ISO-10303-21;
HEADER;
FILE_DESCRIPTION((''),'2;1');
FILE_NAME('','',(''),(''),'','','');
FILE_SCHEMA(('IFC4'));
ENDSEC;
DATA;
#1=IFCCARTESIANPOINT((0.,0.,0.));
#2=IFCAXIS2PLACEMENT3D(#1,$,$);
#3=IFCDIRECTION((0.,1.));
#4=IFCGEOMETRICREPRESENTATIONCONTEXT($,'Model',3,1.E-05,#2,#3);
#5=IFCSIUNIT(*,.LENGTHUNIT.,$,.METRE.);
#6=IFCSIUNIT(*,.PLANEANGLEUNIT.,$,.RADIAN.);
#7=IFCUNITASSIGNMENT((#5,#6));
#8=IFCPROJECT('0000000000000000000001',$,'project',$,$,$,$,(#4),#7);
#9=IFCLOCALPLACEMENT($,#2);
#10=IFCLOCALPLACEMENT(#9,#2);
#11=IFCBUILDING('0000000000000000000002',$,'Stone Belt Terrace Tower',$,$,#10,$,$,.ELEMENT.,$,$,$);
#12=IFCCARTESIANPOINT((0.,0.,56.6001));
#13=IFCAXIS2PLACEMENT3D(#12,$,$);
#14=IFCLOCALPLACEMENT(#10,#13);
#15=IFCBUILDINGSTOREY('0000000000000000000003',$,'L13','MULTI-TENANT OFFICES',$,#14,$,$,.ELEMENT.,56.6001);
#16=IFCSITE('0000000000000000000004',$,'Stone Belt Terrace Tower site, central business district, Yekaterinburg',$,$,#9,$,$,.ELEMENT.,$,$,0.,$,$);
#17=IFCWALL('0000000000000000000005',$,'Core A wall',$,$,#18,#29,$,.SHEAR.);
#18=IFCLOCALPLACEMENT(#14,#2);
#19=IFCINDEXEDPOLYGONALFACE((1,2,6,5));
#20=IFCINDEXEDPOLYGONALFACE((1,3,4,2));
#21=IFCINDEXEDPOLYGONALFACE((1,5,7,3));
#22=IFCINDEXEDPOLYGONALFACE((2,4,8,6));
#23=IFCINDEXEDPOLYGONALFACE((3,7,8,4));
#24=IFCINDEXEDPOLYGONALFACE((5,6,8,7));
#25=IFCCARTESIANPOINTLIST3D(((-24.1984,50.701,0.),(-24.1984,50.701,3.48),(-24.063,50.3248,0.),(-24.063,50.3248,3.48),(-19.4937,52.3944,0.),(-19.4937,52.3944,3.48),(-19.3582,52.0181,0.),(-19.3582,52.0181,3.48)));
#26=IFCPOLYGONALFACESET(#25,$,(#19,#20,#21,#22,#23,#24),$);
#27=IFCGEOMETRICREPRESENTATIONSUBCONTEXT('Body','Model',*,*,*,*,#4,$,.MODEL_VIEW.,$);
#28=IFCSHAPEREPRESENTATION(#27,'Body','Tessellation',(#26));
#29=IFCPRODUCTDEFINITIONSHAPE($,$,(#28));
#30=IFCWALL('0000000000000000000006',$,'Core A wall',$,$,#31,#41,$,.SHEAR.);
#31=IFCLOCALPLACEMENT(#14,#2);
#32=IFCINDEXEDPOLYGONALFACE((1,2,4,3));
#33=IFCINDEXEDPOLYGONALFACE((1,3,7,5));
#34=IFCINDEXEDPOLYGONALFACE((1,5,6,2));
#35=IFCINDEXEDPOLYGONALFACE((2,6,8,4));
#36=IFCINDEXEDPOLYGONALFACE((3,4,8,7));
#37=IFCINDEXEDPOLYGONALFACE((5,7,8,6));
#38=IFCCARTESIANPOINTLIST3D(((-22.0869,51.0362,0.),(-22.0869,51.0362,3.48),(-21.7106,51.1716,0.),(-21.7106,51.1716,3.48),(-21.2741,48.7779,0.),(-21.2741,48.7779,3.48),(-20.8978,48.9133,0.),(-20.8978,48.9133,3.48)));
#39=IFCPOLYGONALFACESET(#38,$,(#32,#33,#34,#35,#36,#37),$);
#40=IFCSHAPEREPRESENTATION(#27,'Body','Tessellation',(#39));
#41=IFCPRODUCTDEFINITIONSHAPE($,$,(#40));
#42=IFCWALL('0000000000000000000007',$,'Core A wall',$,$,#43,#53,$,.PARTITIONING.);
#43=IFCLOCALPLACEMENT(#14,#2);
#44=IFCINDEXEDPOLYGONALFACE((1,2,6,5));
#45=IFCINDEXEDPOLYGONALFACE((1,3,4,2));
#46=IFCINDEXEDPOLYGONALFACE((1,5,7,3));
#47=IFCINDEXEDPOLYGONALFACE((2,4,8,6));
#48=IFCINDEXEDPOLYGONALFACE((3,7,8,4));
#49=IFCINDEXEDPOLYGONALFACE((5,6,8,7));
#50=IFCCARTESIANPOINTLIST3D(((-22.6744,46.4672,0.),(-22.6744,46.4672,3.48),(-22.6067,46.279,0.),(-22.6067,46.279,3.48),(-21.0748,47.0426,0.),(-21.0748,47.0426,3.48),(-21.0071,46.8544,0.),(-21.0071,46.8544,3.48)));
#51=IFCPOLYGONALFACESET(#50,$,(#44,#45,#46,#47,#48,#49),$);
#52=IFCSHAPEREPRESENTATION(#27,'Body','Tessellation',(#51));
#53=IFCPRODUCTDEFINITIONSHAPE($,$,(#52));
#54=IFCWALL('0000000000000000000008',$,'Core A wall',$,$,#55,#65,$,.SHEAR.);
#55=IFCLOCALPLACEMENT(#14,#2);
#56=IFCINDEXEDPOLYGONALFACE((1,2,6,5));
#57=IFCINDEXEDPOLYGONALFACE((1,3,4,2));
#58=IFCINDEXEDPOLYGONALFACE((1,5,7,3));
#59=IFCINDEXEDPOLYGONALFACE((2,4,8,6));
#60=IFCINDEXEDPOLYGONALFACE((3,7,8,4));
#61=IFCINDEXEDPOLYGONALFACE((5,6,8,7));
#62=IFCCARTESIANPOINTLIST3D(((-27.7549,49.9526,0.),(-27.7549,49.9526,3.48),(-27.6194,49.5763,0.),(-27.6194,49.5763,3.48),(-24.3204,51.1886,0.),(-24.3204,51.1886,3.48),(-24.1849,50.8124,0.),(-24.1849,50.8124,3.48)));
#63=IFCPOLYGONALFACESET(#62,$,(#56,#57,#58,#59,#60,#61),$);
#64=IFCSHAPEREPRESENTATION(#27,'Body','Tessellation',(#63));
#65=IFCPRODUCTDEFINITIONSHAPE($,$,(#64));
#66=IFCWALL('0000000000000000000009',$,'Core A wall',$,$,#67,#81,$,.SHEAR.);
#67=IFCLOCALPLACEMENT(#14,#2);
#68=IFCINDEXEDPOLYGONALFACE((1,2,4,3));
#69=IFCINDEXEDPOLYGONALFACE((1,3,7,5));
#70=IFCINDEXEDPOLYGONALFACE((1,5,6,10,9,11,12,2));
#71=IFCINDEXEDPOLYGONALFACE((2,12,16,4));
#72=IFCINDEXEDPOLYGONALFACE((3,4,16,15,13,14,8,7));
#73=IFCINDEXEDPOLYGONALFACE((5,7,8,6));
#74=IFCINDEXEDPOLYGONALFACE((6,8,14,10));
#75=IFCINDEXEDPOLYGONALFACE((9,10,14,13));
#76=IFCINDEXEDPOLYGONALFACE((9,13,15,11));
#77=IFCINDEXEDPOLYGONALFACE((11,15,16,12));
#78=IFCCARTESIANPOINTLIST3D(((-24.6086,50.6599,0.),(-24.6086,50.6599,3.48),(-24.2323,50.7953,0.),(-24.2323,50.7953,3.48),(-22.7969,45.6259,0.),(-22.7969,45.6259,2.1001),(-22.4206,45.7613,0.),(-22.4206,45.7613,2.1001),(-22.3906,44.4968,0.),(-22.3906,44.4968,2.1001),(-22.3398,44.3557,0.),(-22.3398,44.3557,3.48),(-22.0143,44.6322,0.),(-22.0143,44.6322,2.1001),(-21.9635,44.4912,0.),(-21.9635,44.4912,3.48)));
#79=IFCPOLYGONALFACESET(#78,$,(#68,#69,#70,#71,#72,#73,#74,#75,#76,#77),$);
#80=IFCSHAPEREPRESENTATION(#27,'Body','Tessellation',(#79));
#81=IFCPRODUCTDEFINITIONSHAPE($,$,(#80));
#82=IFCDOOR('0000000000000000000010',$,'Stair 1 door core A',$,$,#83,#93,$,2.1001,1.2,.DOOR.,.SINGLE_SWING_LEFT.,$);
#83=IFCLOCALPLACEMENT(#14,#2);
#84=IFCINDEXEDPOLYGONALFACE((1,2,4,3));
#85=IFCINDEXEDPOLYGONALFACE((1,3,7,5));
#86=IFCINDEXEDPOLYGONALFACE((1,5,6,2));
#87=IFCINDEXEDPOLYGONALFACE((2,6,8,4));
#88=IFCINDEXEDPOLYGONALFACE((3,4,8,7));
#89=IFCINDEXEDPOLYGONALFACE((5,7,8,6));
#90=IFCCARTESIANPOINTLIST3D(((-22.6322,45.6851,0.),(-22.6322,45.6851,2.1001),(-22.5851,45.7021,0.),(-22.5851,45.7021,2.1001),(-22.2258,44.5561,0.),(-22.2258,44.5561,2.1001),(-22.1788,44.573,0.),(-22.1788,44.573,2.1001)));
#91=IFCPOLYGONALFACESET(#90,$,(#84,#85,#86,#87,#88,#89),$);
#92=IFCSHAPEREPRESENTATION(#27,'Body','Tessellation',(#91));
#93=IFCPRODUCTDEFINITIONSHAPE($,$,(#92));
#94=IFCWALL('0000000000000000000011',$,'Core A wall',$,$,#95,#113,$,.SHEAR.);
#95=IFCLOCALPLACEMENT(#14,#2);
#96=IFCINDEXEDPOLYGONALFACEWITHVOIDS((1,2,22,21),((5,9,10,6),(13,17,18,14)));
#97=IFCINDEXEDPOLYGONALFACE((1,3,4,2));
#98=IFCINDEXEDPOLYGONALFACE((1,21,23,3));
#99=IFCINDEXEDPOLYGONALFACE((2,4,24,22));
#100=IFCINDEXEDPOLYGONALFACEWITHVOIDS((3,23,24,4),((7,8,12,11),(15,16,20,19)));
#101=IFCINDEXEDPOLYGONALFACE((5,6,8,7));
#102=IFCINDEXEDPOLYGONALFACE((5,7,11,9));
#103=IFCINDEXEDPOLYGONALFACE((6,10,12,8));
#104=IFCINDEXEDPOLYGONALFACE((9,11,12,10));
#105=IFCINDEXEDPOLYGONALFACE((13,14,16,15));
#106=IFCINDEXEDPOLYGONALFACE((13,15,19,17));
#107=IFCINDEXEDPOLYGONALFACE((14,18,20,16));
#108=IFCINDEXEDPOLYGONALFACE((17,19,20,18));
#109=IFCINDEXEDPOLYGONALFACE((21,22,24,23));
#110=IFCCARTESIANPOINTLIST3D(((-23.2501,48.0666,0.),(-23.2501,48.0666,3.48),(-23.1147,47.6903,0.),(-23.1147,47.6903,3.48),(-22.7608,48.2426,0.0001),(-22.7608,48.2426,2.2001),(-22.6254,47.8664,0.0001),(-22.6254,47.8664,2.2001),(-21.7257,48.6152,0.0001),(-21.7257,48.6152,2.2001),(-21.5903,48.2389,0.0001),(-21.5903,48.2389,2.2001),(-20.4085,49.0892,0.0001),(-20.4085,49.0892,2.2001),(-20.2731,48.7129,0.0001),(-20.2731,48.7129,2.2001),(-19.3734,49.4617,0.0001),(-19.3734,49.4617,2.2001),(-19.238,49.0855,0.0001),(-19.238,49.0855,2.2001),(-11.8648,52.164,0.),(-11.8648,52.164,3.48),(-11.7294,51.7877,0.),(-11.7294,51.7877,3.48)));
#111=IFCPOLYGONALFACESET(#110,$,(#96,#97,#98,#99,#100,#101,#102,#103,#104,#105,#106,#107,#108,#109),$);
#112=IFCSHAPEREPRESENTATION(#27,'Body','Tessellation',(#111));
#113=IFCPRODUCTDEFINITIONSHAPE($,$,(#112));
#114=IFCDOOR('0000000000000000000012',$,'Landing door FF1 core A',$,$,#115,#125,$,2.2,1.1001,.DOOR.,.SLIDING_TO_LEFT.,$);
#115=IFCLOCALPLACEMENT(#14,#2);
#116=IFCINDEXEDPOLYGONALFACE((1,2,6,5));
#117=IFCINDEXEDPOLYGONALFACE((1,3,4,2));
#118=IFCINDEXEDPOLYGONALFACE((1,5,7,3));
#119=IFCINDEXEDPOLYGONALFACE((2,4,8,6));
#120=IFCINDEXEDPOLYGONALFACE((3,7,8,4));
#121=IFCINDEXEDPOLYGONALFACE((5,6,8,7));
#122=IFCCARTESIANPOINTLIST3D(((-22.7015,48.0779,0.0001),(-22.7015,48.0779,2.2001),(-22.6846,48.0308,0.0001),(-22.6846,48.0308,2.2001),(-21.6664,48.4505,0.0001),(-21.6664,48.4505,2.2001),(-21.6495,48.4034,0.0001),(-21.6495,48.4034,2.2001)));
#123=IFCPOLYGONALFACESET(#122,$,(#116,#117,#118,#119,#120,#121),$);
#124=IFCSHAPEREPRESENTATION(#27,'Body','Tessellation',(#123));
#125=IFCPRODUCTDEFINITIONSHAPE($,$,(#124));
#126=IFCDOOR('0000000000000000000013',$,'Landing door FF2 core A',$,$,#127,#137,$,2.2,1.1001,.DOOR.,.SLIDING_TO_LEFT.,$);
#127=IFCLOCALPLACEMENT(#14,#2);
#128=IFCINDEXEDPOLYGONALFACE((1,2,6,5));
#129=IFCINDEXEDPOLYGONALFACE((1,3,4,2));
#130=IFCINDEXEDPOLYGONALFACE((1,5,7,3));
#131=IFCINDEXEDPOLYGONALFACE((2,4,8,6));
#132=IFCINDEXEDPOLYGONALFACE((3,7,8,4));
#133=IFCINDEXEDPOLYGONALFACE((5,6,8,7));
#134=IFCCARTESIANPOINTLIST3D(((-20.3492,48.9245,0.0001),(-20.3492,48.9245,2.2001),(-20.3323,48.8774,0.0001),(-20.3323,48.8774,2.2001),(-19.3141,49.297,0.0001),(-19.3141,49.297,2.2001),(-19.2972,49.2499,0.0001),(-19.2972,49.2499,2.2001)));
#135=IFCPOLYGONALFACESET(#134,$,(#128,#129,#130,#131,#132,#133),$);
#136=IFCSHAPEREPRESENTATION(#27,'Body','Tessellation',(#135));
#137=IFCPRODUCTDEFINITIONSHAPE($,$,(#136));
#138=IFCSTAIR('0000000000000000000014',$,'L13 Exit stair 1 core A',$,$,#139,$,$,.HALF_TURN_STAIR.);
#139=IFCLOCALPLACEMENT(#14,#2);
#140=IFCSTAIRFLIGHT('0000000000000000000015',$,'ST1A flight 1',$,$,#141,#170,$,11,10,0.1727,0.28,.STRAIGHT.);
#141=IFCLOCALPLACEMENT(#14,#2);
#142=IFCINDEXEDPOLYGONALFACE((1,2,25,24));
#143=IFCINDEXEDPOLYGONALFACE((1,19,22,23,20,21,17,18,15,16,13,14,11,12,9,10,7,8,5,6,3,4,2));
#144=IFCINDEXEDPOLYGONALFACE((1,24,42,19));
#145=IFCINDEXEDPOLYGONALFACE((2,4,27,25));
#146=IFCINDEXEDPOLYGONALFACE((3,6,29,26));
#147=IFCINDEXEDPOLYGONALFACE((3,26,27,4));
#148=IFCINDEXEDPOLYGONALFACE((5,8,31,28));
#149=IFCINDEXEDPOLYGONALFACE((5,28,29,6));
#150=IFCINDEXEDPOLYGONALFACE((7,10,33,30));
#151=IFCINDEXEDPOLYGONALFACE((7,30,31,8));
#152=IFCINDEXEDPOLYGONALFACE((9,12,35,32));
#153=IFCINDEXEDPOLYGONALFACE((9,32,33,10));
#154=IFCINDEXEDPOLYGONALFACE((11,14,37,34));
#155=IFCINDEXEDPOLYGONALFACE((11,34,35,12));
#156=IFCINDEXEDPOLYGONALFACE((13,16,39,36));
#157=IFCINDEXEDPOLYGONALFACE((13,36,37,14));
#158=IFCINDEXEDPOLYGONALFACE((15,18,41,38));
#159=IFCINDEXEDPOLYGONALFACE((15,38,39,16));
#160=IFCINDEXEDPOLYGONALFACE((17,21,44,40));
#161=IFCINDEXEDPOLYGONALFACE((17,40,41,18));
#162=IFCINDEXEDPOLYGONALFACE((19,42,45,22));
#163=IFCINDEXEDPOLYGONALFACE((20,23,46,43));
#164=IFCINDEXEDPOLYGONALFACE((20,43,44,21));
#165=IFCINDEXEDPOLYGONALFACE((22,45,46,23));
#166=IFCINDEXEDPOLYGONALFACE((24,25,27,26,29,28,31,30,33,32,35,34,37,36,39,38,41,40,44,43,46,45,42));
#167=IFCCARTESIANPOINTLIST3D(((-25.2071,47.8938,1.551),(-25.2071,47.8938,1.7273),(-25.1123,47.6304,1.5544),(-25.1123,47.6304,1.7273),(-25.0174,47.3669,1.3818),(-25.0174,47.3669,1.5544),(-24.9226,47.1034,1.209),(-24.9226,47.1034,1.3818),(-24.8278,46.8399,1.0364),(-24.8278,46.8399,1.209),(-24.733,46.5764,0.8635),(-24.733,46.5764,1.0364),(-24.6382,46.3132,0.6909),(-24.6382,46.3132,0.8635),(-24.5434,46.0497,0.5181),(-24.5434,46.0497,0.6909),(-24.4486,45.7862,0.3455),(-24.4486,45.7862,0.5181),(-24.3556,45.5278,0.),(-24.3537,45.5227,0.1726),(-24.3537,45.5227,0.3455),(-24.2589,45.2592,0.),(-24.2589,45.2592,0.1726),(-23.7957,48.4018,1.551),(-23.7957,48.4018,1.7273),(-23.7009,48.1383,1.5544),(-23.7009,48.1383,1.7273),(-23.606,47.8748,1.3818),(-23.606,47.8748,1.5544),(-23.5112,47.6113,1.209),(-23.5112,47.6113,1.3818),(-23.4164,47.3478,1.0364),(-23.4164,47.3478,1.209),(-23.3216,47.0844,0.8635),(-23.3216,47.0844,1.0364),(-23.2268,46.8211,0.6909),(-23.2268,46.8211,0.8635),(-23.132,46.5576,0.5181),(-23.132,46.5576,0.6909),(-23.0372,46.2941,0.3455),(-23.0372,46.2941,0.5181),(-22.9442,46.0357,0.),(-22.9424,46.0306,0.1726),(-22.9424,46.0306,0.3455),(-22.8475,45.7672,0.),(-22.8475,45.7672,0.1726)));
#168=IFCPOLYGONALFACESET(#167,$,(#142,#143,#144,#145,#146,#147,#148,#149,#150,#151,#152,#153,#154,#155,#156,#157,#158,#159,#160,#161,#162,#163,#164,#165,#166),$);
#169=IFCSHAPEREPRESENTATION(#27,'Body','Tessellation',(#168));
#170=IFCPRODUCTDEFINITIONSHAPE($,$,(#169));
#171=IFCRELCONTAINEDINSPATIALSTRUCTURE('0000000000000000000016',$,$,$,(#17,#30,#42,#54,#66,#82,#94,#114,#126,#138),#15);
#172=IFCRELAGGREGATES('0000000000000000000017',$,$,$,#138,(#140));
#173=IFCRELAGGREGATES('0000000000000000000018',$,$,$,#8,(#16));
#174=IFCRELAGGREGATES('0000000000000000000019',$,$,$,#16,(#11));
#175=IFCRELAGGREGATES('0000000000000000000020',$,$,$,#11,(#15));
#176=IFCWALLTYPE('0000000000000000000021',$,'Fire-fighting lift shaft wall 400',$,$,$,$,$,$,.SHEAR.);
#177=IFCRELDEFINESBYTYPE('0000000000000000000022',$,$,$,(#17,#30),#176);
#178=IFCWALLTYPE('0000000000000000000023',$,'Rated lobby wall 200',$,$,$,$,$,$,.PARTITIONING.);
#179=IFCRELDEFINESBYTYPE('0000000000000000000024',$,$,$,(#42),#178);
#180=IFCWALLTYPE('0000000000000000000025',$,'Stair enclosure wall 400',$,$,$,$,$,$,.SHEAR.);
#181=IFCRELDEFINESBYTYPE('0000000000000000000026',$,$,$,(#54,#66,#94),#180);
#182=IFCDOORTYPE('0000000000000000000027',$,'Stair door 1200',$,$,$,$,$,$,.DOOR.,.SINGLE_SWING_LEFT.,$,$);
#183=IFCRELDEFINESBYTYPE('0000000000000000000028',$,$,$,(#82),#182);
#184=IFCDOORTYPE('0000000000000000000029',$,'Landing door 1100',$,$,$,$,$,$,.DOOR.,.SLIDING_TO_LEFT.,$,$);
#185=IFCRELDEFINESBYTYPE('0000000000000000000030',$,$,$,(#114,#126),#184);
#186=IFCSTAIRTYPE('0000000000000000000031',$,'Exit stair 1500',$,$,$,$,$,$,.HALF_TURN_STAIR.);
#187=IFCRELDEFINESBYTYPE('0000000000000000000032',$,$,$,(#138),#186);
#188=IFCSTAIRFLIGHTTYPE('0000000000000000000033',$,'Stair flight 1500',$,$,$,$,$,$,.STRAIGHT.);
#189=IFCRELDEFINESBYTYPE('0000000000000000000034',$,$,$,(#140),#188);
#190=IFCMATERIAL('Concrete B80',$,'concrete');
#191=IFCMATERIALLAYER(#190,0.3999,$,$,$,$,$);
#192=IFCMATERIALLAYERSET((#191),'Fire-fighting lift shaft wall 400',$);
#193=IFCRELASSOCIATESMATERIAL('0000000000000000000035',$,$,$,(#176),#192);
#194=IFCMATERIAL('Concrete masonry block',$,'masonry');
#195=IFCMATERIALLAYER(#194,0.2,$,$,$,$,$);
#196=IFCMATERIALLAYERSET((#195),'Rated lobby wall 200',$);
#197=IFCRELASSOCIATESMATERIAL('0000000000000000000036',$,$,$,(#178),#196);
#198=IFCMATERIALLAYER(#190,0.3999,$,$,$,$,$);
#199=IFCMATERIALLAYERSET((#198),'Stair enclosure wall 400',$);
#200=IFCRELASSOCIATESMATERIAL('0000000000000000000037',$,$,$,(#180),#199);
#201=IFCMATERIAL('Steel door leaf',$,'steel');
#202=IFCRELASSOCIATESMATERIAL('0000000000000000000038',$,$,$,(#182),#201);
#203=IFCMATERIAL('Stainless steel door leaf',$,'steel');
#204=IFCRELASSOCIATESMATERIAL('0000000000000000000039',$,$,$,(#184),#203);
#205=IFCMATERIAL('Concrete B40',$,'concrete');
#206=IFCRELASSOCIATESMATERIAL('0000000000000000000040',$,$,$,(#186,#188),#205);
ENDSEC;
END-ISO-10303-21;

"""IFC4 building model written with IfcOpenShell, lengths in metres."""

from ifc_helpers import new_model, si_unit, direction, frame, frame_2d, origin, place, context, subcontext, project, spatial, polyline, rectangle, outline, extrude, material, layer, layer_set, type_object, element, fill, aggregate, save


model = new_model("IFC4")

# Units and contexts
model_context = context("Model", 3, precision=1e-05, world=origin(), true_north=direction((0.0, 1.0)))
body_context = subcontext(model_context, "Body", "Model", "MODEL_VIEW")
ifc_project = project(units=[si_unit("LENGTHUNIT", "METRE"), si_unit("PLANEANGLEUNIT", "RADIAN")], contexts=[model_context])

# Site, building, storey
site_placement = place(None, origin())
site = spatial("IfcSite", under=ifc_project, at=site_placement, Name="Stone Belt Terrace Tower site, central business district, Yekaterinburg", CompositionType="ELEMENT", RefElevation=0.0)
building_placement = place(site_placement, origin())
building = spatial("IfcBuilding", under=site, at=building_placement, Name="Stone Belt Terrace Tower", CompositionType="ELEMENT")
storey_placement = place(building_placement, frame((0.0, 0.0, 56.6001)))
storey = spatial("IfcBuildingStorey", under=building, at=storey_placement, Name="L13", Description="MULTI-TENANT OFFICES", CompositionType="ELEMENT", Elevation=56.6001)

# Walls
ifc_material_1 = material(Name="Concrete B80", Category="concrete")
ifc_layer_1 = layer(ifc_material_1, 0.3999)
ifc_layer_set_1 = layer_set([ifc_layer_1], Name="Fire-fighting lift shaft wall 400")
wall_type_1 = type_object("IfcWallType", Name="Fire-fighting lift shaft wall 400", PredefinedType="SHEAR", material=ifc_layer_set_1)
wall_1_placement = place(storey_placement, frame((-24.1306, 50.5129, 0.0), z_axis=(0.0, 0.0, 1.0), x_axis=(0.940912, 0.338652, 0.0)))
element("IfcWall", 1, at=wall_1_placement, inside=storey, type_object=wall_type_1, Name="Core A wall", PredefinedType="SHEAR", context=body_context, shape_type="SweptSolid", body=[
    extrude(rectangle(XDim=5.0002, YDim=0.3999, at=frame_2d((2.5, 0.0))), origin(), (0.0, 0.0, 1.0), 3.48),
])
wall_2_placement = place(storey_placement, frame((-21.0859, 48.8455, 0.0), z_axis=(0.0, 0.0, 1.0), x_axis=(-0.338629, 0.94092, 0.0)))
element("IfcWall", 2, at=wall_2_placement, inside=storey, type_object=wall_type_1, Name="Core A wall", PredefinedType="SHEAR", context=body_context, shape_type="SweptSolid", body=[
    extrude(rectangle(XDim=2.4001, YDim=0.3999, at=frame_2d((1.2002, 0.0))), origin(), (0.0, 0.0, 1.0), 3.48),
])
ifc_material_2 = material(Name="Concrete masonry block", Category="masonry")
ifc_layer_2 = layer(ifc_material_2, 0.2)
ifc_layer_set_2 = layer_set([ifc_layer_2], Name="Rated lobby wall 200")
wall_type_2 = type_object("IfcWallType", Name="Rated lobby wall 200", PredefinedType="PARTITIONING", material=ifc_layer_set_2)
wall_3_placement = place(storey_placement, frame((-22.6406, 46.373, 0.0), z_axis=(0.0, 0.0, 1.0), x_axis=(0.940966, 0.338501, 0.0)))
element("IfcWall", 3, at=wall_3_placement, inside=storey, type_object=wall_type_2, Name="Core A wall", PredefinedType="PARTITIONING", context=body_context, shape_type="SweptSolid", body=[
    extrude(rectangle(XDim=1.7, YDim=0.2, at=frame_2d((0.8501, 0.0))), origin(), (0.0, 0.0, 1.0), 3.48),
])
ifc_layer_3 = layer(ifc_material_1, 0.3999)
ifc_layer_set_3 = layer_set([ifc_layer_3], Name="Stair enclosure wall 400")
wall_type_3 = type_object("IfcWallType", Name="Stair enclosure wall 400", PredefinedType="SHEAR", material=ifc_layer_set_3)
wall_4_placement = place(storey_placement, frame((-27.6873, 49.7644, 0.0), z_axis=(0.0, 0.0, 1.0), x_axis=(0.940919, 0.338632, 0.0)))
element("IfcWall", 4, at=wall_4_placement, inside=storey, type_object=wall_type_3, Name="Core A wall", PredefinedType="SHEAR", context=body_context, shape_type="SweptSolid", body=[
    extrude(rectangle(XDim=3.6501, YDim=0.3999, at=frame_2d((1.8252, 0.0))), origin(), (0.0, 0.0, 1.0), 3.48),
])

# Wall, opening, door
wall_5_placement = place(storey_placement, frame((-22.1516, 44.4233, 0.0), z_axis=(0.0, 0.0, 1.0), x_axis=(-0.338625, 0.940921, 0.0)))
wall_5 = element("IfcWall", 5, at=wall_5_placement, inside=storey, type_object=wall_type_3, Name="Core A wall", PredefinedType="SHEAR", context=body_context, shape_type="SweptSolid", body=[
    extrude(rectangle(XDim=6.7, YDim=0.3999, at=frame_2d((3.3501, 0.0))), origin(), (0.0, 0.0, 1.0), 3.48),
])
opening_1_placement = place(wall_5_placement, frame((0.1499, 0.0, 0.0)))
opening_1 = element("IfcOpeningElement", 6, at=opening_1_placement, cuts=wall_5, PredefinedType="OPENING", context=body_context, shape_type="SweptSolid", body=[
    extrude(rectangle(XDim=1.2, YDim=2.1001, at=frame_2d((0.6001, 1.05))), frame((0.0, 0.21, 0.0), z_axis=(0.0, -1.0, 0.0), x_axis=(1.0, 0.0, 0.0)), (0.0, 0.0, 1.0), 0.4199),
])
ifc_material_3 = material(Name="Steel door leaf", Category="steel")
door_type_1 = type_object("IfcDoorType", Name="Stair door 1200", OperationType="SINGLE_SWING_LEFT", PredefinedType="DOOR", material=ifc_material_3)
door_1_placement = place(opening_1_placement, origin())
door_1 = element("IfcDoor", 7, at=door_1_placement, inside=storey, type_object=door_type_1, Name="Stair 1 door core A", OperationType="SINGLE_SWING_LEFT", OverallHeight=2.1001, OverallWidth=1.2, PredefinedType="DOOR", context=body_context, shape_type="SweptSolid", body=[
    extrude(rectangle(XDim=1.2, YDim=2.1001, at=frame_2d((0.6001, 1.05))), frame((0.0, 0.0249, 0.0), z_axis=(0.0, -1.0, 0.0), x_axis=(1.0, 0.0, 0.0)), (0.0, 0.0, 1.0), 0.05),
])
fill(opening_1, door_1)

# Wall, openings, doors
wall_6_placement = place(storey_placement, frame((-23.1824, 47.8784, 0.0), z_axis=(0.0, 0.0, 1.0), x_axis=(0.940921, 0.338626, 0.0)))
wall_6 = element("IfcWall", 8, at=wall_6_placement, inside=storey, type_object=wall_type_3, Name="Core A wall", PredefinedType="SHEAR", context=body_context, shape_type="SweptSolid", body=[
    extrude(rectangle(XDim=12.1001, YDim=0.3999, at=frame_2d((6.05, 0.0))), origin(), (0.0, 0.0, 1.0), 3.48),
])
opening_2_placement = place(wall_6_placement, frame((0.52, 0.0, 0.0)))
opening_2 = element("IfcOpeningElement", 9, at=opening_2_placement, cuts=wall_6, PredefinedType="OPENING", context=body_context, shape_type="SweptSolid", body=[
    extrude(rectangle(XDim=1.1001, YDim=2.2, at=frame_2d((0.55, 1.1001))), frame((0.0, 0.21, 0.0), z_axis=(0.0, -1.0, 0.0), x_axis=(1.0, 0.0, 0.0)), (0.0, 0.0, 1.0), 0.4199),
])
opening_3_placement = place(wall_6_placement, frame((3.02, 0.0, 0.0)))
opening_3 = element("IfcOpeningElement", 10, at=opening_3_placement, cuts=wall_6, PredefinedType="OPENING", context=body_context, shape_type="SweptSolid", body=[
    extrude(rectangle(XDim=1.1001, YDim=2.2, at=frame_2d((0.55, 1.1001))), frame((0.0, 0.21, 0.0), z_axis=(0.0, -1.0, 0.0), x_axis=(1.0, 0.0, 0.0)), (0.0, 0.0, 1.0), 0.4199),
])
ifc_material_4 = material(Name="Stainless steel door leaf", Category="steel")
door_type_2 = type_object("IfcDoorType", Name="Landing door 1100", OperationType="SLIDING_TO_LEFT", PredefinedType="DOOR", material=ifc_material_4)
door_2_placement = place(opening_2_placement, origin())
door_2 = element("IfcDoor", 11, at=door_2_placement, inside=storey, type_object=door_type_2, Name="Landing door FF1 core A", OperationType="SLIDING_TO_LEFT", OverallHeight=2.2, OverallWidth=1.1001, PredefinedType="DOOR", context=body_context, shape_type="SweptSolid", body=[
    extrude(rectangle(XDim=1.1001, YDim=2.2, at=frame_2d((0.55, 1.1001))), frame((0.0, 0.0249, 0.0), z_axis=(0.0, -1.0, 0.0), x_axis=(1.0, 0.0, 0.0)), (0.0, 0.0, 1.0), 0.05),
])
fill(opening_2, door_2)
door_3_placement = place(opening_3_placement, origin())
door_3 = element("IfcDoor", 12, at=door_3_placement, inside=storey, type_object=door_type_2, Name="Landing door FF2 core A", OperationType="SLIDING_TO_LEFT", OverallHeight=2.2, OverallWidth=1.1001, PredefinedType="DOOR", context=body_context, shape_type="SweptSolid", body=[
    extrude(rectangle(XDim=1.1001, YDim=2.2, at=frame_2d((0.55, 1.1001))), frame((0.0, 0.0249, 0.0), z_axis=(0.0, -1.0, 0.0), x_axis=(1.0, 0.0, 0.0)), (0.0, 0.0, 1.0), 0.05),
])
fill(opening_3, door_3)

# Stair, stair flight
ifc_material_5 = material(Name="Concrete B40", Category="concrete")
stair_type = type_object("IfcStairType", Name="Exit stair 1500", PredefinedType="HALF_TURN_STAIR", material=ifc_material_5)
stair_placement = place(storey_placement, origin())
stair = element("IfcStair", 13, at=stair_placement, inside=storey, type_object=stair_type, Name="L13 Exit stair 1 core A", PredefinedType="HALF_TURN_STAIR")
stair_flight_type = type_object("IfcStairFlightType", Name="Stair flight 1500", PredefinedType="STRAIGHT", material=ifc_material_5)
stair_flight_1_placement = place(storey_placement, frame((-23.5532, 45.5132, 0.0), z_axis=(0.0, 0.0, 1.0), x_axis=(-0.338624, 0.940922, 0.0)))
stair_flight_1 = element("IfcStairFlight", 14, at=stair_flight_1_placement, type_object=stair_flight_type, Name="ST1A flight 1", NumberOfRisers=11, NumberOfTreads=10, PredefinedType="STRAIGHT", RiserHeight=0.1727, TreadLength=0.28, context=body_context, shape_type="SweptSolid", body=[
    extrude(outline(polyline([(0.0, 0.0), (0.0, 0.1726), (0.28, 0.1726), (0.28, 0.3455), (0.5601, 0.3455), (0.5601, 0.5181), (0.8401, 0.5181), (0.8401, 0.6909), (1.1201, 0.6909), (1.1201, 0.8635), (1.3999, 0.8635), (1.3999, 1.0364), (1.6799, 1.0364), (1.6799, 1.209), (1.96, 1.209), (1.96, 1.3818), (2.24, 1.3818), (2.24, 1.5544), (2.52, 1.5544), (2.52, 1.7273), (2.8, 1.7273), (2.8, 1.8999), (2.8, 1.551), (0.2854, 0.0), (0.0, 0.0)])), frame((0.0, 0.75, 0.0), z_axis=(0.0, -1.0, 0.0), x_axis=(1.0, 0.0, 0.0)), (0.0, 0.0, 1.0), 1.5),
])
aggregate(stair, [stair_flight_1])

save(model, "model.ifc")
